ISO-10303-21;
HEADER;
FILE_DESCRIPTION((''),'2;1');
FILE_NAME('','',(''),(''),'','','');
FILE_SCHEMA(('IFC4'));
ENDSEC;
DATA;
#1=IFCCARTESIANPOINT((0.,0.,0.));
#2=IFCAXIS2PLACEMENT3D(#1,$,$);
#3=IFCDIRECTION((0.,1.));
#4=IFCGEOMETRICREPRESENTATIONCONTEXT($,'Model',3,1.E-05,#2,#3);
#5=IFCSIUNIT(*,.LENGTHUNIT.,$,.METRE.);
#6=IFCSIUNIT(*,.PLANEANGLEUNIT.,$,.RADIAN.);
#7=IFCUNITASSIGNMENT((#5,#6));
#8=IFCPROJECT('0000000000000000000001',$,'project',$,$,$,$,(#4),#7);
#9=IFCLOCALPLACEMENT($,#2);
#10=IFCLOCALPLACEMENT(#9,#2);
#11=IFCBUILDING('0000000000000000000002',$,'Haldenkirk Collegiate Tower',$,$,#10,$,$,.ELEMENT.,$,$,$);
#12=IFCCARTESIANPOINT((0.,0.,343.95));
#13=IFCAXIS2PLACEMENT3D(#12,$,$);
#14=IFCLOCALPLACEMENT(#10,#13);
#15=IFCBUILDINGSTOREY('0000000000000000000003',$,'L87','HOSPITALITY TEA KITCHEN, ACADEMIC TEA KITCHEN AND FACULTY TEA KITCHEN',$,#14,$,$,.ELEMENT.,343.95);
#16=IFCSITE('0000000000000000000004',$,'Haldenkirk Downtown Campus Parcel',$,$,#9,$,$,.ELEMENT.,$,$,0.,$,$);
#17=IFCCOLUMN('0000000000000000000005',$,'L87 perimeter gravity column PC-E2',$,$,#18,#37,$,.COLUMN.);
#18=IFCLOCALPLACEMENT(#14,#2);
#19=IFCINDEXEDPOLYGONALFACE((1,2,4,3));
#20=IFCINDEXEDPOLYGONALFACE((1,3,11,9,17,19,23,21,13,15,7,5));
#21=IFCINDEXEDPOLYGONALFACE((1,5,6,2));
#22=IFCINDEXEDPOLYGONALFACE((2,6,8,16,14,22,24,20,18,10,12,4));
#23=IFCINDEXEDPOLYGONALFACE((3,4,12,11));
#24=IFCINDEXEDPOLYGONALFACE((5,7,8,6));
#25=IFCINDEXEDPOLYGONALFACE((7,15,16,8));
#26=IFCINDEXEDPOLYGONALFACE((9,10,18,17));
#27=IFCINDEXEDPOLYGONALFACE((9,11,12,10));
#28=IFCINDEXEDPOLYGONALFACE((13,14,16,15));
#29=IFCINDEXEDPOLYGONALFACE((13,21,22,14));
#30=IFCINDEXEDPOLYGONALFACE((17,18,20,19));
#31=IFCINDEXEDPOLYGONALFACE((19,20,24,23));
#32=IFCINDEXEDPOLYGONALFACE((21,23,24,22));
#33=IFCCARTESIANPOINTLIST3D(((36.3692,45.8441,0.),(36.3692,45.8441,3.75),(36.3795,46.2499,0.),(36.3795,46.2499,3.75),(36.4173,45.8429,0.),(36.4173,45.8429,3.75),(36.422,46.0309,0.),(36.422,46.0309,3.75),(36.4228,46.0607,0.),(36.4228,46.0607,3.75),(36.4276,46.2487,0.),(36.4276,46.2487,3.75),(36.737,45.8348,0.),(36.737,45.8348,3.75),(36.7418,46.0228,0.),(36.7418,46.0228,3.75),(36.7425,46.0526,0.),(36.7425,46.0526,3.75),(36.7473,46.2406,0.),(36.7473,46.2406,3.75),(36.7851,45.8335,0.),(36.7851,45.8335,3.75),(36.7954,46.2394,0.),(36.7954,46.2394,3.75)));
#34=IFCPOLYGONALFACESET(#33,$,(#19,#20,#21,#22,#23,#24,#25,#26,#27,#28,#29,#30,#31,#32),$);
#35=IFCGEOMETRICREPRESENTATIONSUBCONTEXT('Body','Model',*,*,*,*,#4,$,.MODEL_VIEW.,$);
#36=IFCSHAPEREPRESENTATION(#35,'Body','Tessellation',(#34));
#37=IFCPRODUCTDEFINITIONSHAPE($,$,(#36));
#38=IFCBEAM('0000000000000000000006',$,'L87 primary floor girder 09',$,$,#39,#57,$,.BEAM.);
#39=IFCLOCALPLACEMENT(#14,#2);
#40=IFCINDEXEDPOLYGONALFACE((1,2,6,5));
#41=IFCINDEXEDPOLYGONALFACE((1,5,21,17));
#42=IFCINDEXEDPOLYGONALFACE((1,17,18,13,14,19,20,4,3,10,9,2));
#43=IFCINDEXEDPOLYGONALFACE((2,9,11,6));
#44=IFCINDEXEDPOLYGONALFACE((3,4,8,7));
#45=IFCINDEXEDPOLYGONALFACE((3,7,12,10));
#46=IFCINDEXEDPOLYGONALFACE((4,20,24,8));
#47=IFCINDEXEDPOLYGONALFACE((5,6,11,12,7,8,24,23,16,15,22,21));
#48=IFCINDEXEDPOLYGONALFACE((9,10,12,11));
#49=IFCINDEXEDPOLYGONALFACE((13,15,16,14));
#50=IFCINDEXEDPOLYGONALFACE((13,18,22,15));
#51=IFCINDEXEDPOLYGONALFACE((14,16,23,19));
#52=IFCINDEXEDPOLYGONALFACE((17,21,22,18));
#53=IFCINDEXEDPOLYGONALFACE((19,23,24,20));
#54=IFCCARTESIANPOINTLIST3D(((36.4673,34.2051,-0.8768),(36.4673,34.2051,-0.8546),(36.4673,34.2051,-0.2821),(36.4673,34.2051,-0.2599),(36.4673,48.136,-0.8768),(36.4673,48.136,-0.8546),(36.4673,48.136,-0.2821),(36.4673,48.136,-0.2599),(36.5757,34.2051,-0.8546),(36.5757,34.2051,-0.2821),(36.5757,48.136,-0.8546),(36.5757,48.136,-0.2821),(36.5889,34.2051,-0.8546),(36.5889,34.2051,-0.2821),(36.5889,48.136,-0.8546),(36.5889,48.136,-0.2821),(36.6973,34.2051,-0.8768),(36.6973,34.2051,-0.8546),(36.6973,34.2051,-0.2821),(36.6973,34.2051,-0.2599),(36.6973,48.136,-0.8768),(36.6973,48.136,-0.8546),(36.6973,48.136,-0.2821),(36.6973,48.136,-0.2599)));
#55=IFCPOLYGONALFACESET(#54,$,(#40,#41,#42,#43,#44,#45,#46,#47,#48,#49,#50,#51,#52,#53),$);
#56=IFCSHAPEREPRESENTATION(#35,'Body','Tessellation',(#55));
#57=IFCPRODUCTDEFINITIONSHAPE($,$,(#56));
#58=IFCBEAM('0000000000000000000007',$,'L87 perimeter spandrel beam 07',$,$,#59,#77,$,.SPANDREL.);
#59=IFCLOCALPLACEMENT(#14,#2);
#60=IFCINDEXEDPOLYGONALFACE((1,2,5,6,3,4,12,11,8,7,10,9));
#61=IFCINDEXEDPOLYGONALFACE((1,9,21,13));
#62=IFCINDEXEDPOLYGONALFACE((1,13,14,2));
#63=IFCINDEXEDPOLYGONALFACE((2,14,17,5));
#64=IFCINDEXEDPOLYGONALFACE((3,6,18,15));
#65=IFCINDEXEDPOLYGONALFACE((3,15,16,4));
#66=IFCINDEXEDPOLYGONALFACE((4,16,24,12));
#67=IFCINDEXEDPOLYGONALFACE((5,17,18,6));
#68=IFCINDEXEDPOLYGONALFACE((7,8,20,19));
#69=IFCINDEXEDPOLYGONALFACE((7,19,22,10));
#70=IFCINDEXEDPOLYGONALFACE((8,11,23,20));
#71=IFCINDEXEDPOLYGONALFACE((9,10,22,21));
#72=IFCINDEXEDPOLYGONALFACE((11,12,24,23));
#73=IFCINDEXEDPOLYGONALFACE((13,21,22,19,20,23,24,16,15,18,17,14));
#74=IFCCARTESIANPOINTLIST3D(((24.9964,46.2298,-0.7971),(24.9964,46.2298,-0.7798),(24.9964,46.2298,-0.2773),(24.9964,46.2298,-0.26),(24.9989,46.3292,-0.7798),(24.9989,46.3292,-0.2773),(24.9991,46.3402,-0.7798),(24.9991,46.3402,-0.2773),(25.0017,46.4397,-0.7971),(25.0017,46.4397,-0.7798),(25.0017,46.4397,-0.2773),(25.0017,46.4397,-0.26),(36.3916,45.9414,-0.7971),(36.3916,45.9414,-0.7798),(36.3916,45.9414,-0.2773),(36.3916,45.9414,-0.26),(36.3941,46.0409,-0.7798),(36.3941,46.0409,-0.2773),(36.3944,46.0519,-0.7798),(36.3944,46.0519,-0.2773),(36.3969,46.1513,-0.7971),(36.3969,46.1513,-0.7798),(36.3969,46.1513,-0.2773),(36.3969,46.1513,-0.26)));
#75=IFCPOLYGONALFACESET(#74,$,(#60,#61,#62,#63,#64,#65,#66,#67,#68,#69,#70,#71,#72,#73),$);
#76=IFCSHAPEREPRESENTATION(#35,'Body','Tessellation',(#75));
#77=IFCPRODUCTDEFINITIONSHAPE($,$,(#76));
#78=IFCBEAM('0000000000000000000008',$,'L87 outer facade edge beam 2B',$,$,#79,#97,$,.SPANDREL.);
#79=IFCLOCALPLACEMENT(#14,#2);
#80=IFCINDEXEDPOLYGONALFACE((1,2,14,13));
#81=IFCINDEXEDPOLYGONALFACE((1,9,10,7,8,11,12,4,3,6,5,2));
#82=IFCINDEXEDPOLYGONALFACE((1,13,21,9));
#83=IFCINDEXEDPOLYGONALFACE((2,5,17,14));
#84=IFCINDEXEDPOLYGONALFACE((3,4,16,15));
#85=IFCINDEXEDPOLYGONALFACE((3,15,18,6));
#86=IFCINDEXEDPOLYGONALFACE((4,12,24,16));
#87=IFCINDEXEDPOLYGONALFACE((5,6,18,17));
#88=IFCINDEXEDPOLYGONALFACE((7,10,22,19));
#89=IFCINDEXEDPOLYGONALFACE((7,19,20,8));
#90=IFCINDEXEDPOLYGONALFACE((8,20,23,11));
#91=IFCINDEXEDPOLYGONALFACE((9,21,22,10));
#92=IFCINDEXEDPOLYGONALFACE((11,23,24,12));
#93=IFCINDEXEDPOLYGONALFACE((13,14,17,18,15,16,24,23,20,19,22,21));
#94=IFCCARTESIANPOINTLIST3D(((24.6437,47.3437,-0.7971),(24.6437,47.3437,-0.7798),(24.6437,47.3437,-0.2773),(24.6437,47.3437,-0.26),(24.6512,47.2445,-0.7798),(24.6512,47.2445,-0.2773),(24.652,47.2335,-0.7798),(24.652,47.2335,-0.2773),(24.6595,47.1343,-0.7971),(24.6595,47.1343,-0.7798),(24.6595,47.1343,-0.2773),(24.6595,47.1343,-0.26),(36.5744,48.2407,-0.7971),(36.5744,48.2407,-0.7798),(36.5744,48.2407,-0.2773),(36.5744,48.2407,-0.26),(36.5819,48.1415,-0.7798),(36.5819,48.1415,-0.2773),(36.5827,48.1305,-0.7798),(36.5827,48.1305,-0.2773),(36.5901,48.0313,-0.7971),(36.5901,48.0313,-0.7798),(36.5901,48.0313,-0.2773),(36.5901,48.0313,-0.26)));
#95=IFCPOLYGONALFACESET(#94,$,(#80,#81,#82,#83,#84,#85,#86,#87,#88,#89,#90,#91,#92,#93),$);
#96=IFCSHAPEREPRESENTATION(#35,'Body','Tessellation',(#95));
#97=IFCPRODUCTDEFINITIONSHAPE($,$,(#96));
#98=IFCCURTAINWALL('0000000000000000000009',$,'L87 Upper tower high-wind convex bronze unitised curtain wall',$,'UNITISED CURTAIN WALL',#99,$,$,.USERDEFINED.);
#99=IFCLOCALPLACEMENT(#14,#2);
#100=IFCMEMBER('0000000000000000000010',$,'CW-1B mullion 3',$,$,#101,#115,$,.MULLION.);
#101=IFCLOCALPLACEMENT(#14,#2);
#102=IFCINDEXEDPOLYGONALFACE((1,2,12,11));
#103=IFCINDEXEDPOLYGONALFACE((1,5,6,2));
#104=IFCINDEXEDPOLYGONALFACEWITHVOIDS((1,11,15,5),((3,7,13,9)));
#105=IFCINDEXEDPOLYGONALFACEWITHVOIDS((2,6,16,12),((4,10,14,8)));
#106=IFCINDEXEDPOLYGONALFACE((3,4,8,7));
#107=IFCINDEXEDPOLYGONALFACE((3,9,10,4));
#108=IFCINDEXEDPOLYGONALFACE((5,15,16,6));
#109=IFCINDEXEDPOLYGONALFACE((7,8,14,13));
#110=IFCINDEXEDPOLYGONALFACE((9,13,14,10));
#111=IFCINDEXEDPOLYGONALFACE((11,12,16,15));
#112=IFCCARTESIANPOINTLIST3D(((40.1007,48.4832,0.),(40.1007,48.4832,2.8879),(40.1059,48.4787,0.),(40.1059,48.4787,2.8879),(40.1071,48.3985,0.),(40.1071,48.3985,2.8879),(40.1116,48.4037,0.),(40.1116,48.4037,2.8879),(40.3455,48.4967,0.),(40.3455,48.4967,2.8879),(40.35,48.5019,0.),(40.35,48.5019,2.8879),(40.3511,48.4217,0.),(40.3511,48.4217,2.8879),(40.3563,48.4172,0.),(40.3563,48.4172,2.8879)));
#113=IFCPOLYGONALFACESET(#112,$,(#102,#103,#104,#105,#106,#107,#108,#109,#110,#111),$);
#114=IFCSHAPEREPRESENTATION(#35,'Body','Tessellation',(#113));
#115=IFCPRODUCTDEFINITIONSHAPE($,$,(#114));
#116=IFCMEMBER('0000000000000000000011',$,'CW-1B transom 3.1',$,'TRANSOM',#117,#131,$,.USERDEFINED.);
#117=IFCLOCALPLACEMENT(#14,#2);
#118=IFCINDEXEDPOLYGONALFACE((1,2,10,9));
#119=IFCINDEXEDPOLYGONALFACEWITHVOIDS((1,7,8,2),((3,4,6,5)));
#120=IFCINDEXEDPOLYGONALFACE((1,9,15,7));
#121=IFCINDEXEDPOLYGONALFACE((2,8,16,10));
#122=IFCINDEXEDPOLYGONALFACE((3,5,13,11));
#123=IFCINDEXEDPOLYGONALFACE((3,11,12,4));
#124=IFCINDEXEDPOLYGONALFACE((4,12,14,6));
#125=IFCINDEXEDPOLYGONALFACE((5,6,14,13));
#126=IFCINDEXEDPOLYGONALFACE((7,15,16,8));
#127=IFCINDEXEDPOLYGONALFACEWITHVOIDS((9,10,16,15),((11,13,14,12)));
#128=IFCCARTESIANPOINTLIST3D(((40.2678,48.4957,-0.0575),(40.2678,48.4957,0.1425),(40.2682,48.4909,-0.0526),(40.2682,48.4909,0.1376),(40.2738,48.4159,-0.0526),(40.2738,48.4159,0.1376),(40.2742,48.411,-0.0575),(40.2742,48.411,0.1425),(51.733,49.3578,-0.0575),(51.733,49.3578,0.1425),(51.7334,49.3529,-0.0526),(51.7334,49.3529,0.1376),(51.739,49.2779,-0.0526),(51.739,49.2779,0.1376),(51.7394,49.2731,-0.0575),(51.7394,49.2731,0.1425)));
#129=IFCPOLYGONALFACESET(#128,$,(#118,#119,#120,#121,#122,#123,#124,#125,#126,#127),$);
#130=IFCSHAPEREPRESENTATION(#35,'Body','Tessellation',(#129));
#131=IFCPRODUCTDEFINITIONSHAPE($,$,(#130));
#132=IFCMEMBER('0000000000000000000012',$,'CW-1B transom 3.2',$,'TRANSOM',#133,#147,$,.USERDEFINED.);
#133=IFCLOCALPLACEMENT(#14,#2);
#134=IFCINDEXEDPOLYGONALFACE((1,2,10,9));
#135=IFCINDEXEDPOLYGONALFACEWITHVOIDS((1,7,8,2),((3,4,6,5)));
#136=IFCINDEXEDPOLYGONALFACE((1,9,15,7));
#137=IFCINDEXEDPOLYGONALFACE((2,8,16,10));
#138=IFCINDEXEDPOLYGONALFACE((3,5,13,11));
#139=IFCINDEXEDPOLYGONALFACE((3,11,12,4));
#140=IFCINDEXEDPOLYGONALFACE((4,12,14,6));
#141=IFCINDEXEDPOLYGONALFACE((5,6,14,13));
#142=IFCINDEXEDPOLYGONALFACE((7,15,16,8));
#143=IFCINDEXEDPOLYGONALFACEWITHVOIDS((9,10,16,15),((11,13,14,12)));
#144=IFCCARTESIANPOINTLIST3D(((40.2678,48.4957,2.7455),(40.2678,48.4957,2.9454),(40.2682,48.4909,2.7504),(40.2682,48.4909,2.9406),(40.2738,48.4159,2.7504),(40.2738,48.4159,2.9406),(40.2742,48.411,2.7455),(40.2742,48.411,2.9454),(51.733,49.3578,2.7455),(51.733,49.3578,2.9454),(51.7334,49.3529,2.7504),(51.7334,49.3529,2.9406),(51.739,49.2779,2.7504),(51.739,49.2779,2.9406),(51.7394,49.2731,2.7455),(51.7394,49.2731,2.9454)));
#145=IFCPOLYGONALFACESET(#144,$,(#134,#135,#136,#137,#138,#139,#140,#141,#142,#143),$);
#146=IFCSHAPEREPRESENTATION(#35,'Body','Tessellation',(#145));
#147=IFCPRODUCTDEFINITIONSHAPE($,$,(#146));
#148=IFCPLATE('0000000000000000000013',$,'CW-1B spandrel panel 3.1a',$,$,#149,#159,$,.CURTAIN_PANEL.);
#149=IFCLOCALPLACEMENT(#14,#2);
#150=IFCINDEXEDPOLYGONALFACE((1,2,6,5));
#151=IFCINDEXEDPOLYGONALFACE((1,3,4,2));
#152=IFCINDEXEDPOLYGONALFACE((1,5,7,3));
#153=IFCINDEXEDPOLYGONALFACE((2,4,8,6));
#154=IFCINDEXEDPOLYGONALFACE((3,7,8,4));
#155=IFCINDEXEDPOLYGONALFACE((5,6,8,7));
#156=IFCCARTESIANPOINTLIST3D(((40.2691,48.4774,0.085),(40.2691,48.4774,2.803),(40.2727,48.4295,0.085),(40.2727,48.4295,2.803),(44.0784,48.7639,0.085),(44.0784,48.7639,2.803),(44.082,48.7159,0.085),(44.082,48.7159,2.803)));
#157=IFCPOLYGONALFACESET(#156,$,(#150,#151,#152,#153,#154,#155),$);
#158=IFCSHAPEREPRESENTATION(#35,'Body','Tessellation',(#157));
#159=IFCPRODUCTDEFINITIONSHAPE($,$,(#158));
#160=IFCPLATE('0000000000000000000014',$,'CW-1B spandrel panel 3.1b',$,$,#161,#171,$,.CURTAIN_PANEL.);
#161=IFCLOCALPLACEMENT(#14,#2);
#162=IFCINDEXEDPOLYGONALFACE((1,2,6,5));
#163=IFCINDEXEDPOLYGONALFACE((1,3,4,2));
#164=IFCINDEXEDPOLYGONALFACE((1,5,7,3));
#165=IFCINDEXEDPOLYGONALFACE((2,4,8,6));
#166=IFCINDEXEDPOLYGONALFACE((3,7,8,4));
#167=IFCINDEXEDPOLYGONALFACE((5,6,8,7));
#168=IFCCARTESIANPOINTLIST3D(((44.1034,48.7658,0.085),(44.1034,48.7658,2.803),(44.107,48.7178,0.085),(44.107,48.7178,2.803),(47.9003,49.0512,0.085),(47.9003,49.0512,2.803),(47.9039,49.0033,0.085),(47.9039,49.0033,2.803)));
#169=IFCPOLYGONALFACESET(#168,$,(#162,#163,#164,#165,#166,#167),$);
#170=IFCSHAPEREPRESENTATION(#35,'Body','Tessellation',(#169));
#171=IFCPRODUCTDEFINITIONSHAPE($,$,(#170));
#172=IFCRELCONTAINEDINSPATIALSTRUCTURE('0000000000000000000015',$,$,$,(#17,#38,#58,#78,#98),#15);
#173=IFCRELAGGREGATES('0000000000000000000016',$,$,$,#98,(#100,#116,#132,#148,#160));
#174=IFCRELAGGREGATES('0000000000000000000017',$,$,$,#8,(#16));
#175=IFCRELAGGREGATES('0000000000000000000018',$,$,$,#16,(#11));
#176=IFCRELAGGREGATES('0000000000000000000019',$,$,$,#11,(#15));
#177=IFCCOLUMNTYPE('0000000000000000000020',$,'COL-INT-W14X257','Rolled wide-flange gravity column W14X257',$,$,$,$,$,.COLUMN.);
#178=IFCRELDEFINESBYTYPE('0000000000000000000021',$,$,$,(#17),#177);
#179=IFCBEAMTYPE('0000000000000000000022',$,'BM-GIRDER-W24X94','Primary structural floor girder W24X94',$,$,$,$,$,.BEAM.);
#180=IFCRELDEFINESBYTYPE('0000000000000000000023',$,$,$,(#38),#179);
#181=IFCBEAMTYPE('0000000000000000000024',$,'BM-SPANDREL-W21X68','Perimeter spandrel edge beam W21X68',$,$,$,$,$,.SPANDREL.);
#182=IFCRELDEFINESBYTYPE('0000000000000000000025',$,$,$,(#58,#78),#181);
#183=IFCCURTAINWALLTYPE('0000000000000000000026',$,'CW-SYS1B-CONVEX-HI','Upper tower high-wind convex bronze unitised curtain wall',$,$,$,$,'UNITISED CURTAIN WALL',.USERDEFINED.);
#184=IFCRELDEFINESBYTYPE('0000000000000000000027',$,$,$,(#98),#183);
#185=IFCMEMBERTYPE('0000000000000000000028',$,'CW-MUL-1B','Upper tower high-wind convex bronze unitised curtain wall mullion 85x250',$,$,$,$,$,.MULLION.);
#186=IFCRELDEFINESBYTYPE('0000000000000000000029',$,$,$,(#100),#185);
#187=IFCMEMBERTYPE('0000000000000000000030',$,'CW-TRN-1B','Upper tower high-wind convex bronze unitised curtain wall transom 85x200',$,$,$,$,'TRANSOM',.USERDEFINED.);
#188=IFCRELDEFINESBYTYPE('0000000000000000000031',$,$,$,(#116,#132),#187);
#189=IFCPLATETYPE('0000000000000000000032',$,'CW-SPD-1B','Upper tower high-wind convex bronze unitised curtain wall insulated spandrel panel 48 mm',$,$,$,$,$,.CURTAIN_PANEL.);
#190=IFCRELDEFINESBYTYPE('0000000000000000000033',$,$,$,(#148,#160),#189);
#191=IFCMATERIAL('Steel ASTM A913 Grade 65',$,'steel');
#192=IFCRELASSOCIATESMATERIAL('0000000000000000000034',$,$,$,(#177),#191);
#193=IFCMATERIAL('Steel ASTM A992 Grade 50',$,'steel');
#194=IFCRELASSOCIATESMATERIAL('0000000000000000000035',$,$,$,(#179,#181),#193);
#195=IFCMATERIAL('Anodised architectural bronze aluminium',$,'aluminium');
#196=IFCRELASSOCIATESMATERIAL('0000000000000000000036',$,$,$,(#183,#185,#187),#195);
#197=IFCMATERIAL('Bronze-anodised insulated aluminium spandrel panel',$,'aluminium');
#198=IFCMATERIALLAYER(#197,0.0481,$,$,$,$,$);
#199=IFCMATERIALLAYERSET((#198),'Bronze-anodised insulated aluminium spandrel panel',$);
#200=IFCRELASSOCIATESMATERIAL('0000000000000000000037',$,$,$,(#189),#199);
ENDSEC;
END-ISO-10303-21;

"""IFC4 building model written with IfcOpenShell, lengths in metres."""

from ifc_helpers import new_model, si_unit, direction, frame, origin, origin_2d, place, context, subcontext, project, spatial, rectangle, hollow_rectangle, i_section, extrude, source, transform, mapped, material, layer, layer_set, material_profile, profile_set, type_object, element, aggregate, save


model = new_model("IFC4")

# Units and contexts
model_context = context("Model", 3, precision=1e-05, world=origin(), true_north=direction((0.0, 1.0)))
body_context = subcontext(model_context, "Body", "Model", "MODEL_VIEW")
ifc_project = project(units=[si_unit("LENGTHUNIT", "METRE"), si_unit("PLANEANGLEUNIT", "RADIAN")], contexts=[model_context])

# Site, building, storey
site_placement = place(None, origin())
site = spatial("IfcSite", under=ifc_project, at=site_placement, Name="Haldenkirk Downtown Campus Parcel", CompositionType="ELEMENT", RefElevation=0.0)
building_placement = place(site_placement, origin())
building = spatial("IfcBuilding", under=site, at=building_placement, Name="Haldenkirk Collegiate Tower", CompositionType="ELEMENT")
storey_placement = place(building_placement, frame((0.0, 0.0, 343.95)))
storey = spatial("IfcBuildingStorey", under=building, at=storey_placement, Name="L87", Description="HOSPITALITY TEA KITCHEN, ACADEMIC TEA KITCHEN AND FACULTY TEA KITCHEN", CompositionType="ELEMENT", Elevation=343.95)

# Column
ifc_material_1 = material(Name="Steel ASTM A913 Grade 65", Category="steel")
ifc_material_profile_1 = material_profile(ifc_material_1, i_section(OverallWidth=0.406, OverallDepth=0.416, WebThickness=0.0298, FlangeThickness=0.0481, at=origin_2d()), Name="W14X257")
ifc_profile_set_1 = profile_set([ifc_material_profile_1], Name="Steel ASTM A913 Grade 65")
column_type = type_object("IfcColumnType", Name="COL-INT-W14X257", Description="Rolled wide-flange gravity column W14X257", PredefinedType="COLUMN", material=ifc_profile_set_1)
column_placement = place(storey_placement, frame((36.5823, 46.0417, 0.0), z_axis=(0.0, 0.0, 1.0), x_axis=(0.025305, 0.99968, 0.0)))
element("IfcColumn", 1, at=column_placement, inside=storey, type_object=column_type, Name="L87 perimeter gravity column PC-E2", PredefinedType="COLUMN", context=body_context, shape_type="SweptSolid", body=[
    extrude(i_section(OverallWidth=0.406, OverallDepth=0.416, WebThickness=0.0298, FlangeThickness=0.0481, at=origin_2d()), origin(), (0.0, 0.0, 1.0), 3.75),
])

# Beams
ifc_material_2 = material(Name="Steel ASTM A992 Grade 50", Category="steel")
ifc_material_profile_2 = material_profile(ifc_material_2, i_section(OverallWidth=0.23, OverallDepth=0.6169, WebThickness=0.0132, FlangeThickness=0.0222, at=origin_2d()), Name="W24X94")
ifc_profile_set_2 = profile_set([ifc_material_profile_2], Name="Steel ASTM A992 Grade 50")
beam_type_1 = type_object("IfcBeamType", Name="BM-GIRDER-W24X94", Description="Primary structural floor girder W24X94", PredefinedType="BEAM", material=ifc_profile_set_2)
beam_1_placement = place(storey_placement, frame((36.5823, 48.136, -0.5684), z_axis=(0.0, -1.0, 0.0), x_axis=(1.0, 0.0, 0.0)))
element("IfcBeam", 2, at=beam_1_placement, inside=storey, type_object=beam_type_1, Name="L87 primary floor girder 09", PredefinedType="BEAM", context=body_context, shape_type="SweptSolid", body=[
    extrude(i_section(OverallWidth=0.23, OverallDepth=0.6169, WebThickness=0.0132, FlangeThickness=0.0222, at=origin_2d()), origin(), (0.0, 0.0, 1.0), 13.9309),
])
ifc_material_profile_3 = material_profile(ifc_material_2, i_section(OverallWidth=0.21, OverallDepth=0.5371, WebThickness=0.011, FlangeThickness=0.0173, at=origin_2d()), Name="W21X68")
ifc_profile_set_3 = profile_set([ifc_material_profile_3], Name="Steel ASTM A992 Grade 50")
beam_type_2 = type_object("IfcBeamType", Name="BM-SPANDREL-W21X68", Description="Perimeter spandrel edge beam W21X68", PredefinedType="SPANDREL", material=ifc_profile_set_3)
beam_2_placement = place(storey_placement, frame((36.3943, 46.0464, -0.5286), z_axis=(-0.99968, 0.025295, 0.0), x_axis=(-0.025295, -0.99968, 0.0)))
element("IfcBeam", 3, at=beam_2_placement, inside=storey, type_object=beam_type_2, Name="L87 perimeter spandrel beam 07", PredefinedType="SPANDREL", context=body_context, shape_type="SweptSolid", body=[
    extrude(i_section(OverallWidth=0.21, OverallDepth=0.5371, WebThickness=0.011, FlangeThickness=0.0173, at=origin_2d()), origin(), (0.0, 0.0, 1.0), 11.3989),
])
beam_3_placement = place(storey_placement, frame((36.5823, 48.136, -0.5286), z_axis=(-0.997186, -0.074971, 0.0), x_axis=(0.074971, -0.997186, 0.0)))
element("IfcBeam", 4, at=beam_3_placement, inside=storey, type_object=beam_type_2, Name="L87 outer facade edge beam 2B", PredefinedType="SPANDREL", context=body_context, shape_type="SweptSolid", body=[
    extrude(i_section(OverallWidth=0.21, OverallDepth=0.5371, WebThickness=0.011, FlangeThickness=0.0173, at=origin_2d()), origin(), (0.0, 0.0, 1.0), 11.9644),
])

# Curtain wall, members, plates
ifc_material_3 = material(Name="Anodised architectural bronze aluminium", Category="aluminium")
curtain_wall_type = type_object("IfcCurtainWallType", Name="CW-SYS1B-CONVEX-HI", Description="Upper tower high-wind convex bronze unitised curtain wall", ElementType="UNITISED CURTAIN WALL", PredefinedType="USERDEFINED", material=ifc_material_3)
curtain_wall_placement = place(storey_placement, origin())
curtain_wall = element("IfcCurtainWall", 5, at=curtain_wall_placement, inside=storey, type_object=curtain_wall_type, Name="L87 Upper tower high-wind convex bronze unitised curtain wall", ObjectType="UNITISED CURTAIN WALL", PredefinedType="USERDEFINED")
ifc_material_profile_4 = material_profile(ifc_material_3, hollow_rectangle(XDim=0.085, YDim=0.25, WallThickness=0.0049, at=origin_2d()), Name="CW-MUL-1B")
ifc_profile_set_4 = profile_set([ifc_material_profile_4], Name="Anodised architectural bronze aluminium")
member_type_1 = type_object("IfcMemberType", Name="CW-MUL-1B", Description="Upper tower high-wind convex bronze unitised curtain wall mullion 85x250", PredefinedType="MULLION", material=ifc_profile_set_4)
member_1_placement = place(storey_placement, frame((40.2285, 48.4502, 0.0), z_axis=(0.0, 0.0, 1.0), x_axis=(-0.074979, 0.997185, 0.0)))
member_1 = element("IfcMember", 6, at=member_1_placement, type_object=member_type_1, Name="CW-1B mullion 3", PredefinedType="MULLION", context=body_context, shape_type="SweptSolid", body=[
    extrude(hollow_rectangle(XDim=0.085, YDim=0.25, WallThickness=0.0049, at=origin_2d()), origin(), (0.0, 0.0, 1.0), 2.8879),
])
ifc_material_profile_5 = material_profile(ifc_material_3, hollow_rectangle(XDim=0.085, YDim=0.2, WallThickness=0.0049, at=origin_2d()), Name="CW-TRN-1B")
ifc_profile_set_5 = profile_set([ifc_material_profile_5], Name="Anodised architectural bronze aluminium")
member_type_2 = type_object("IfcMemberType", Name="CW-TRN-1B", Description="Upper tower high-wind convex bronze unitised curtain wall transom 85x200", ElementType="TRANSOM", PredefinedType="USERDEFINED", material=ifc_profile_set_5)
member_2_placement = place(storey_placement, frame((40.271, 48.4534, 0.0425), z_axis=(0.997185, 0.074978, 0.0), x_axis=(-0.074978, 0.997185, 0.0)))
member_2 = element("IfcMember", 7, at=member_2_placement, type_object=member_type_2, Name="CW-1B transom 3.1", ObjectType="TRANSOM", PredefinedType="USERDEFINED", context=body_context, shape_type="SweptSolid", body=[
    extrude(hollow_rectangle(XDim=0.085, YDim=0.2, WallThickness=0.0049, at=origin_2d()), origin(), (0.0, 0.0, 1.0), 11.4976),
])
member_3_placement = place(storey_placement, frame((40.271, 48.4534, 2.8455), z_axis=(0.997185, 0.074978, 0.0), x_axis=(-0.074978, 0.997185, 0.0)))
member_3 = element("IfcMember", 8, at=member_3_placement, type_object=member_type_2, Name="CW-1B transom 3.2", ObjectType="TRANSOM", PredefinedType="USERDEFINED", context=body_context, shape_type="SweptSolid", body=[
    extrude(hollow_rectangle(XDim=0.085, YDim=0.2, WallThickness=0.0049, at=origin_2d()), origin(), (0.0, 0.0, 1.0), 11.4976),
])
ifc_material_4 = material(Name="Bronze-anodised insulated aluminium spandrel panel", Category="aluminium")
ifc_layer_1 = layer(ifc_material_4, 0.0481)
ifc_layer_set_1 = layer_set([ifc_layer_1], Name="Bronze-anodised insulated aluminium spandrel panel")
plate_type_1 = type_object("IfcPlateType", Name="CW-SPD-1B", Description="Upper tower high-wind convex bronze unitised curtain wall insulated spandrel panel 48 mm", PredefinedType="CURTAIN_PANEL", material=ifc_layer_set_1)
shared_shape_1 = source(origin(), body_context, "Body", "SweptSolid", [
    extrude(rectangle(XDim=3.8201, YDim=0.0481, at=origin_2d()), origin(), (0.0, 0.0, 1.0), 2.718),
])
plate_1_placement = place(storey_placement, frame((42.1755, 48.5967, 0.085), z_axis=(0.0, 0.0, 1.0), x_axis=(0.997185, 0.074979, 0.0)))
plate_1 = element("IfcPlate", 9, at=plate_1_placement, type_object=plate_type_1, Name="CW-1B spandrel panel 3.1a", PredefinedType="CURTAIN_PANEL", context=body_context, shape_type="MappedRepresentation", body=[
    mapped(shared_shape_1, transform((0.0, 0.0, 0.0), x_axis=(1.0, 0.0, 0.0), y_axis=(0.0, 1.0, 0.0), z_axis=(0.0, 0.0, 1.0), scale=1.0)),
])
shared_shape_2 = source(origin(), body_context, "Body", "SweptSolid", [
    extrude(rectangle(XDim=3.8076, YDim=0.0481, at=origin_2d()), origin(), (0.0, 0.0, 1.0), 2.718),
])
plate_2_placement = place(storey_placement, frame((46.0037, 48.8845, 0.085), z_axis=(0.0, 0.0, 1.0), x_axis=(0.997185, 0.074979, 0.0)))
plate_2 = element("IfcPlate", 10, at=plate_2_placement, type_object=plate_type_1, Name="CW-1B spandrel panel 3.1b", PredefinedType="CURTAIN_PANEL", context=body_context, shape_type="MappedRepresentation", body=[
    mapped(shared_shape_2, transform((0.0, 0.0, 0.0), x_axis=(1.0, 0.0, 0.0), y_axis=(0.0, 1.0, 0.0), z_axis=(0.0, 0.0, 1.0), scale=1.0)),
])
aggregate(curtain_wall, [member_1, member_2, member_3, plate_1, plate_2])

save(model, "model.ifc")
